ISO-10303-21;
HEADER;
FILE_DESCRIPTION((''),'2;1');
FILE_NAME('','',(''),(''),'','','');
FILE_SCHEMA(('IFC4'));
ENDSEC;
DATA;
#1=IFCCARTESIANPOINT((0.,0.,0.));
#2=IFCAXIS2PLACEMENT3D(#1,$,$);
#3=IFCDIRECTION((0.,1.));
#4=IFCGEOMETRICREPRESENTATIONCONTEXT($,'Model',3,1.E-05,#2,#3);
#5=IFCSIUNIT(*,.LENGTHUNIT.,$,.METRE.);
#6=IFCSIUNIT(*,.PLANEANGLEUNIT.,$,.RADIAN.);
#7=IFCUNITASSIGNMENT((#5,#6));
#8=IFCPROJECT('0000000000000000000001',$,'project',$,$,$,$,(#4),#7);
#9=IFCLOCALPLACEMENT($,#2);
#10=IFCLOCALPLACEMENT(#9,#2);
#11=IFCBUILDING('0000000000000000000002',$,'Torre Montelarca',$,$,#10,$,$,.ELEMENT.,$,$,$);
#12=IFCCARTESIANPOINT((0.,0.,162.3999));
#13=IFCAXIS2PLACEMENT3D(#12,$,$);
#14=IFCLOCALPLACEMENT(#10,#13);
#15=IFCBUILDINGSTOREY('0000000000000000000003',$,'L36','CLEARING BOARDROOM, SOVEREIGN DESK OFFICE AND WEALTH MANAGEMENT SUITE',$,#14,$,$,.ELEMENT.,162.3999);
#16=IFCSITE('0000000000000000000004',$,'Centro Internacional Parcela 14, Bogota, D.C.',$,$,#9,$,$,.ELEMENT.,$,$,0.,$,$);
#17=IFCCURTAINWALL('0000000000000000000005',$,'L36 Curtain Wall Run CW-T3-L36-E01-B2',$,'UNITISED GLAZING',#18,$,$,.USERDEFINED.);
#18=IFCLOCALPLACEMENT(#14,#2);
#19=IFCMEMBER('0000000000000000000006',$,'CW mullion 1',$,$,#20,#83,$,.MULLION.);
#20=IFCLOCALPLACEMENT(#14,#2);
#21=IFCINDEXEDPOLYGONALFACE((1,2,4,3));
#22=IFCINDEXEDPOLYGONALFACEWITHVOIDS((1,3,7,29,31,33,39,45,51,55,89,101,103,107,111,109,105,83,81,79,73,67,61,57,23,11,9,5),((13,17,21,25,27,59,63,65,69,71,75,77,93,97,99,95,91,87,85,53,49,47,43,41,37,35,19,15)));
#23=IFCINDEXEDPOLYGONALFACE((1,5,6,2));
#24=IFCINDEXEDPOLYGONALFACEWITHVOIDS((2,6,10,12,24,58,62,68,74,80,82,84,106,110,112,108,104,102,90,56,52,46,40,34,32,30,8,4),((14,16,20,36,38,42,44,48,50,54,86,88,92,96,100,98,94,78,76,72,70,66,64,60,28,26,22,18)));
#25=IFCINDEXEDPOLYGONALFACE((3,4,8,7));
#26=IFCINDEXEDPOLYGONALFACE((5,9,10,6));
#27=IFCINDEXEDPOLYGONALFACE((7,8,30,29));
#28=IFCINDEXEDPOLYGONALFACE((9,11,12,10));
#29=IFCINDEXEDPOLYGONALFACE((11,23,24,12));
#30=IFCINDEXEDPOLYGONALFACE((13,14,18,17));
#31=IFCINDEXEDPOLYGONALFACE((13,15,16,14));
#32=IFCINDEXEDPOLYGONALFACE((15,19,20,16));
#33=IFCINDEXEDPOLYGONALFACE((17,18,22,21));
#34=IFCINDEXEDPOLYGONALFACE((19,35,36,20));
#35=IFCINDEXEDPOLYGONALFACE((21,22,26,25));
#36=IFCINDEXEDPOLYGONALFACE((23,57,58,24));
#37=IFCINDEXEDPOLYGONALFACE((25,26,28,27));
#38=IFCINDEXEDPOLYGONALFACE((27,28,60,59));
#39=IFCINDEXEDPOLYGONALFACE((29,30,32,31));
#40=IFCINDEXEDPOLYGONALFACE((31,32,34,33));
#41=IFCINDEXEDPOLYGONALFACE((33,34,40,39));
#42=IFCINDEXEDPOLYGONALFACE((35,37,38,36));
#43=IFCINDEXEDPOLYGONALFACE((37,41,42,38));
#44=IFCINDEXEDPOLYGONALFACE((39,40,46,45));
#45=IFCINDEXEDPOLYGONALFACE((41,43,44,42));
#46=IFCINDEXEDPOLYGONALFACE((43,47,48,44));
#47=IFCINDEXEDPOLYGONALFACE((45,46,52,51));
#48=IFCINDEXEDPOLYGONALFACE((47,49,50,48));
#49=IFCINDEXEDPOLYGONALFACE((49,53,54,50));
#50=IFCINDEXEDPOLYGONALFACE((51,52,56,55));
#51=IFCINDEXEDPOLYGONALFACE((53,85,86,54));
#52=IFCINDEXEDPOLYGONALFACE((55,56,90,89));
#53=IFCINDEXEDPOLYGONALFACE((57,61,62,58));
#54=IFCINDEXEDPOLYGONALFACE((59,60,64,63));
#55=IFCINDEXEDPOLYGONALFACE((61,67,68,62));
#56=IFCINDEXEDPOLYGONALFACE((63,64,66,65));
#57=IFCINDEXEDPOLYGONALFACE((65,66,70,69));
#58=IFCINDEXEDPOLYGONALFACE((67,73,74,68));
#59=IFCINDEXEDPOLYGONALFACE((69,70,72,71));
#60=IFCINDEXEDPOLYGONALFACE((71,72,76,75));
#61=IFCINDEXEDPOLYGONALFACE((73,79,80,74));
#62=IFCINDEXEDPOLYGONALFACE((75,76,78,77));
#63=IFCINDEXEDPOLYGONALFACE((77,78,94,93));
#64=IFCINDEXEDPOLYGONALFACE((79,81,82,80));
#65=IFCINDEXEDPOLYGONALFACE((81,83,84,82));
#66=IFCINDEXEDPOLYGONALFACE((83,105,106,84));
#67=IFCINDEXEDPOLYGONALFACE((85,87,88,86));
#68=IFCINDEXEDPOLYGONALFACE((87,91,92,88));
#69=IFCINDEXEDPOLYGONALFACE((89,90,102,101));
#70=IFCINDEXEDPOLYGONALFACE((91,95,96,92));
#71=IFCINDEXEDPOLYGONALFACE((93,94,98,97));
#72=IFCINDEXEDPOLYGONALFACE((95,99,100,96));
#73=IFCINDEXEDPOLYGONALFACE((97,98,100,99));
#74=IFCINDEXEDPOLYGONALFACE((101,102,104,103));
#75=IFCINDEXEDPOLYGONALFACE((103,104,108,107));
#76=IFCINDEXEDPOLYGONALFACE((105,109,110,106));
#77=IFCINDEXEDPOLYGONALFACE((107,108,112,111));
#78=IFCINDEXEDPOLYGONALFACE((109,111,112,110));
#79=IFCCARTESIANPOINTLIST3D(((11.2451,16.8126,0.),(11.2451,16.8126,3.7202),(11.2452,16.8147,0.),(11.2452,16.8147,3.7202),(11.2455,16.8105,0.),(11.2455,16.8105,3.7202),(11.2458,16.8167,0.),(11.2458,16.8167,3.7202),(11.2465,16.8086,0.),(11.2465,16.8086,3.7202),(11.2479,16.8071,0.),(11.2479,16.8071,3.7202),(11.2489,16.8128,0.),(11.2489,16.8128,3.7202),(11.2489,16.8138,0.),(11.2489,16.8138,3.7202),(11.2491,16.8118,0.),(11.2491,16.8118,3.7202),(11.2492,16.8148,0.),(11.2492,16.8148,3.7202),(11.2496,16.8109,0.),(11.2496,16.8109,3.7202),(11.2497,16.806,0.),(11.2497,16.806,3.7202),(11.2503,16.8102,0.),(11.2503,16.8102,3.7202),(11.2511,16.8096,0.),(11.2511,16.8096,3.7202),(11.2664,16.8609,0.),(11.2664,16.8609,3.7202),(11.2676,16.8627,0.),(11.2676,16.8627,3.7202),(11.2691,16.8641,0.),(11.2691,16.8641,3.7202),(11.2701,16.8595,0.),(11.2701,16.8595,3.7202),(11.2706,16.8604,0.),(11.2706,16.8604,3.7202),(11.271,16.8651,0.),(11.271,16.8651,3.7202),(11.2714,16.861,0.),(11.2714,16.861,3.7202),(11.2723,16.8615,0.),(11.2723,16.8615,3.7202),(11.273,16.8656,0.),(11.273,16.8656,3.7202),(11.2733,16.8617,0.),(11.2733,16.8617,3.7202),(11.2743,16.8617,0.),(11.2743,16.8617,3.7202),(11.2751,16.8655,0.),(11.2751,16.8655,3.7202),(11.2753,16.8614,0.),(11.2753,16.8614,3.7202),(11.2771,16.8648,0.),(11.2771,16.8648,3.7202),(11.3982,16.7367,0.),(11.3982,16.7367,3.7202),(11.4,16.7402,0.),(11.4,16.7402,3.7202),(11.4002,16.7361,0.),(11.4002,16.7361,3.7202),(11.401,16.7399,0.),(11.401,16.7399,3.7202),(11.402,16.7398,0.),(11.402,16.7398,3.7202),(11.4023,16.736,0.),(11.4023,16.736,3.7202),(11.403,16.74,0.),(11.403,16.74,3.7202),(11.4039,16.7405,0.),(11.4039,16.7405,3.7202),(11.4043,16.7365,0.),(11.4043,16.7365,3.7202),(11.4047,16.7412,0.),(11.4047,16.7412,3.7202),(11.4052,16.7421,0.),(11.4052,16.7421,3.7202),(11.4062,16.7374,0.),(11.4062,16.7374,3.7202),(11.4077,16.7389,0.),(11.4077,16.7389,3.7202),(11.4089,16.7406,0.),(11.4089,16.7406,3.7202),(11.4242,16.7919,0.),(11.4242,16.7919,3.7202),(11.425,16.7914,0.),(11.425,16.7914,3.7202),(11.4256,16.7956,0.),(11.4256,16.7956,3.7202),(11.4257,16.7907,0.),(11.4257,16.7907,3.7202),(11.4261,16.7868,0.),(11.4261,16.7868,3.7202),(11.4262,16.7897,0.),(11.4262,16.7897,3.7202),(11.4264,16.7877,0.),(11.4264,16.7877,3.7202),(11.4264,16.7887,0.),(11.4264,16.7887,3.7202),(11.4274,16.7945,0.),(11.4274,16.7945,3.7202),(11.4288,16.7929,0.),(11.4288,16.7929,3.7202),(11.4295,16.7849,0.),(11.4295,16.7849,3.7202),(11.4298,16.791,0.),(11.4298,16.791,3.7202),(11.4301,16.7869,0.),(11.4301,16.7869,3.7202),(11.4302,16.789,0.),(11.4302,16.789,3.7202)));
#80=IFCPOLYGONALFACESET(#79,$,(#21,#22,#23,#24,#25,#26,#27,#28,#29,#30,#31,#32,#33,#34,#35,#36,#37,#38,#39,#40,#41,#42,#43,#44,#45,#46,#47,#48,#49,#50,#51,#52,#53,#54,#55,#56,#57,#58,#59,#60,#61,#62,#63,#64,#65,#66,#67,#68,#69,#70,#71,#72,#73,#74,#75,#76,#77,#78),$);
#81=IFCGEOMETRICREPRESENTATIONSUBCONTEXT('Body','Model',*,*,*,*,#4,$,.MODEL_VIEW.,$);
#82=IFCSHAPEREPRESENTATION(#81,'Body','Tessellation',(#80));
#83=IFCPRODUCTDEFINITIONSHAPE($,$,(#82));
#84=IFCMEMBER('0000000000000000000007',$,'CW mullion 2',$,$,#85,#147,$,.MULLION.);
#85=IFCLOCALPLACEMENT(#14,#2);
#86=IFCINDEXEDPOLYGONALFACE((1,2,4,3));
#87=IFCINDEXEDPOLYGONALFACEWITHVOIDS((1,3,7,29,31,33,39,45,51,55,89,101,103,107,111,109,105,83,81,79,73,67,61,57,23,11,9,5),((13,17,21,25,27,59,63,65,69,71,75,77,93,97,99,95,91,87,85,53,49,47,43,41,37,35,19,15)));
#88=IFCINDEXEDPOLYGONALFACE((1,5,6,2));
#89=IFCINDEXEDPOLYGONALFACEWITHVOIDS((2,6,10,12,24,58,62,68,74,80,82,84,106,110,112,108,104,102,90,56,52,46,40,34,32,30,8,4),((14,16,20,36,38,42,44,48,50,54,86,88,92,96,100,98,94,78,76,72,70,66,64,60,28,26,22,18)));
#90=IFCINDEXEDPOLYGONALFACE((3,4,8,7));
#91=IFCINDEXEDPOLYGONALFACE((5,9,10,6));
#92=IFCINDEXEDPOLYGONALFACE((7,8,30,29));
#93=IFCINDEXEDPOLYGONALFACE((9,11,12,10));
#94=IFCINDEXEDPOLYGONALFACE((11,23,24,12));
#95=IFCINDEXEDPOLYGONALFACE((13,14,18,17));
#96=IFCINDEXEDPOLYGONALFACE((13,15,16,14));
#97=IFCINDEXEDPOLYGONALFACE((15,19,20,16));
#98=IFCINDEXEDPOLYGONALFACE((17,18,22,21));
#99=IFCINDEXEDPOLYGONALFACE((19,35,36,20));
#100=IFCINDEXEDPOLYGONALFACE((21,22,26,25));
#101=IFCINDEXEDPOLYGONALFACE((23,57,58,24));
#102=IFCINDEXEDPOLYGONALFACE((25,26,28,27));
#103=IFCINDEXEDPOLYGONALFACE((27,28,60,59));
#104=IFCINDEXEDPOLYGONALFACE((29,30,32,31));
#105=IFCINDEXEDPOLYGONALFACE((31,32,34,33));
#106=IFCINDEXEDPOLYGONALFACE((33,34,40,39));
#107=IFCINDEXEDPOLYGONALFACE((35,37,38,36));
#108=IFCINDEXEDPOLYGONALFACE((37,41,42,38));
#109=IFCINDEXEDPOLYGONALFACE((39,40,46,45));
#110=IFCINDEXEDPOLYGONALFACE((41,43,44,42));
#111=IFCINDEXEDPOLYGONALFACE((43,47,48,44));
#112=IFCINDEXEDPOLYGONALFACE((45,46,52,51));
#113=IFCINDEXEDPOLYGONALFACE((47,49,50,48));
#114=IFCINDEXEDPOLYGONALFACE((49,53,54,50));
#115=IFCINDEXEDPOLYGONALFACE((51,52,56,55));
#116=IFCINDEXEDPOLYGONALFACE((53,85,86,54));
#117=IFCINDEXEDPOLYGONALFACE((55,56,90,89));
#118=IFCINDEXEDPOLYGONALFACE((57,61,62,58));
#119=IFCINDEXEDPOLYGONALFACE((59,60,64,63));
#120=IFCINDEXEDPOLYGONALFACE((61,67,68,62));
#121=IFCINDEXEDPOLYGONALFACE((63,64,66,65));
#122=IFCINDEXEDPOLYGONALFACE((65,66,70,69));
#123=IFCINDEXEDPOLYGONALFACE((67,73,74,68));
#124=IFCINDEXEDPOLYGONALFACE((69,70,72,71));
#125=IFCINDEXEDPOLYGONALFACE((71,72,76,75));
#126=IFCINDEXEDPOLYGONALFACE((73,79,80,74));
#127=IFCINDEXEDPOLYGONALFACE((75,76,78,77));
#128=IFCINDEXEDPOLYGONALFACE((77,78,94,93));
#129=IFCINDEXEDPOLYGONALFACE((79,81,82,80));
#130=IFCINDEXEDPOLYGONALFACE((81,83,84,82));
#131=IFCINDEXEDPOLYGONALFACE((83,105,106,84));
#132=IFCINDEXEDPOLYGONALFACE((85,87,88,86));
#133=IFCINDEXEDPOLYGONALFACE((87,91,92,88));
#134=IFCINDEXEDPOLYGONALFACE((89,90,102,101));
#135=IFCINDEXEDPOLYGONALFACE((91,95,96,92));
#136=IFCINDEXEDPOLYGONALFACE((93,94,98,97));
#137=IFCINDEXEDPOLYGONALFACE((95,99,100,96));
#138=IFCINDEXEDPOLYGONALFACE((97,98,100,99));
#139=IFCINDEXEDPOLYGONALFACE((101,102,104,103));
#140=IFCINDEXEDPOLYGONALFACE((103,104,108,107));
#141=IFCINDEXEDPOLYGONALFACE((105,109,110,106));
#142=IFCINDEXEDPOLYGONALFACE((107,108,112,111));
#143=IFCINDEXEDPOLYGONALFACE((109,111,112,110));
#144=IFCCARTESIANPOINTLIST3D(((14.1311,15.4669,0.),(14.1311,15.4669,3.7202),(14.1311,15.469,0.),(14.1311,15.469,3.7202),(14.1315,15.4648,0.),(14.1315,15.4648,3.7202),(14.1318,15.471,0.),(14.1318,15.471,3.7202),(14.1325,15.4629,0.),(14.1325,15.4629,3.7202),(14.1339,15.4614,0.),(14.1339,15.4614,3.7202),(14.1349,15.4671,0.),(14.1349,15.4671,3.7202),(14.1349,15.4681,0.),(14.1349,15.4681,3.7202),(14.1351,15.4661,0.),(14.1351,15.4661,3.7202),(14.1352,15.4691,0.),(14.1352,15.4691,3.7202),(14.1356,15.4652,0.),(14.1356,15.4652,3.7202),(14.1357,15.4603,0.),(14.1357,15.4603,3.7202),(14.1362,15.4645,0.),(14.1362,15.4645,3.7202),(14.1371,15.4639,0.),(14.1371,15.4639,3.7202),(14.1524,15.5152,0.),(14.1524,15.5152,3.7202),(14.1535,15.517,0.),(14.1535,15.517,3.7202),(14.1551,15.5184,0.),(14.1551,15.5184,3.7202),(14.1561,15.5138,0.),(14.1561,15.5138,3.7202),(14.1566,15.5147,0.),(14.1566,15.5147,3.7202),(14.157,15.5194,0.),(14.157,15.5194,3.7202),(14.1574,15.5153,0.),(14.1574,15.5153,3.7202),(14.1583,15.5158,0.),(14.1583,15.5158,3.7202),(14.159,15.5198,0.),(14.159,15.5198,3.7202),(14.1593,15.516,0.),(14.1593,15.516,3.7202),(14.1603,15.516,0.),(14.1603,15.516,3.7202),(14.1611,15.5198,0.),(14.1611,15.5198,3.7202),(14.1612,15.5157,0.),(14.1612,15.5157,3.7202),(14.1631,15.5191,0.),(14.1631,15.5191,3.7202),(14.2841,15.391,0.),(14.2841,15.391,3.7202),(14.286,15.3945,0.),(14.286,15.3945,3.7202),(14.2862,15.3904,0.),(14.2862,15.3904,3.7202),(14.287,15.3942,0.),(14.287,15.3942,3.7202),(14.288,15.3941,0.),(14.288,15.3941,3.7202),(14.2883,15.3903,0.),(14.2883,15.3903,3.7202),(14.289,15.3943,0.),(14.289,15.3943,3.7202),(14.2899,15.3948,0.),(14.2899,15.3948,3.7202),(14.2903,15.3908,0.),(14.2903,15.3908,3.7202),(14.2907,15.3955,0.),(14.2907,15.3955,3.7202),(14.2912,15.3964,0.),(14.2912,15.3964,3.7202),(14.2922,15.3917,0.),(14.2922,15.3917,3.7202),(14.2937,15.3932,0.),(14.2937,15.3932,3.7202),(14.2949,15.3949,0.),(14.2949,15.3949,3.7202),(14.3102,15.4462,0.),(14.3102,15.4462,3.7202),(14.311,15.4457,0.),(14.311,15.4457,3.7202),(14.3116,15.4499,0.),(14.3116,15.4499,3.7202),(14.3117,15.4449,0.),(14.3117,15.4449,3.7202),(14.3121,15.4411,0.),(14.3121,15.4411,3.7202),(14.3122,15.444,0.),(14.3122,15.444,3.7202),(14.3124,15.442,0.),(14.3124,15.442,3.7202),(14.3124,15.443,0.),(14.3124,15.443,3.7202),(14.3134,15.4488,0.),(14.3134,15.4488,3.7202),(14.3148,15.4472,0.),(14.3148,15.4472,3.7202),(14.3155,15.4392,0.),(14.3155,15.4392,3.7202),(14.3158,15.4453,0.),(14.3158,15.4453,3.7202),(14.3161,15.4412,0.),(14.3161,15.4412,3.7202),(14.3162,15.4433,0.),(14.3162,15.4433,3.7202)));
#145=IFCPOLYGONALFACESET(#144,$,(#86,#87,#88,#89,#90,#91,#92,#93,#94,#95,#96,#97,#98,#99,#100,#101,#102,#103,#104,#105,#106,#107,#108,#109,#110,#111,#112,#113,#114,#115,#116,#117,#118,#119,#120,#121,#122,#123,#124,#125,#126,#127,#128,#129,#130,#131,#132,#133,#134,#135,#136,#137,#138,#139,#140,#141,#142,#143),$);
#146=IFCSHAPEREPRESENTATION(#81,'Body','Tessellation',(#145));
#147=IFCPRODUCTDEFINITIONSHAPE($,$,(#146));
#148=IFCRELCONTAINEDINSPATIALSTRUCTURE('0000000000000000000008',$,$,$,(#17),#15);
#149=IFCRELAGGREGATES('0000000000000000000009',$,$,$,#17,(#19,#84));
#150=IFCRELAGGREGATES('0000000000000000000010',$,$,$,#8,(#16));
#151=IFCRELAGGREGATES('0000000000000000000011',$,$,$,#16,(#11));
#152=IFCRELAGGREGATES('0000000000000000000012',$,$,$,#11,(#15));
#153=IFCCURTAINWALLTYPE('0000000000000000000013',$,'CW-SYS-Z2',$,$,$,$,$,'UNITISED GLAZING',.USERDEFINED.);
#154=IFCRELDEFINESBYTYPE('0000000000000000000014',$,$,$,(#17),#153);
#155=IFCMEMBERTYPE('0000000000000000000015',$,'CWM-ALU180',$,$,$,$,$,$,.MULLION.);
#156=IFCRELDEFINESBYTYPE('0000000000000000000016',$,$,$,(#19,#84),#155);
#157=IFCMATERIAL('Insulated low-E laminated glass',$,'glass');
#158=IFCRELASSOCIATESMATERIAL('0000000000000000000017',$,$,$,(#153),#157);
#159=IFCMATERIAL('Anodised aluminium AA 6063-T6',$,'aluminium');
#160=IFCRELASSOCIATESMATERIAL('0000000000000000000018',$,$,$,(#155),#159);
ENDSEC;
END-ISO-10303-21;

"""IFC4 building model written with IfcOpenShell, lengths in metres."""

from ifc_helpers import new_model, si_unit, direction, frame, origin, origin_2d, place, context, subcontext, project, spatial, hollow_rectangle, extrude, source, transform, mapped, material, material_profile, profile_set, type_object, element, aggregate, save


model = new_model("IFC4")

# Units and contexts
model_context = context("Model", 3, precision=1e-05, world=origin(), true_north=direction((0.0, 1.0)))
body_context = subcontext(model_context, "Body", "Model", "MODEL_VIEW")
ifc_project = project(units=[si_unit("LENGTHUNIT", "METRE"), si_unit("PLANEANGLEUNIT", "RADIAN")], contexts=[model_context])

# Site, building, storey
site_placement = place(None, origin())
site = spatial("IfcSite", under=ifc_project, at=site_placement, Name="Centro Internacional Parcela 14, Bogota, D.C.", CompositionType="ELEMENT", RefElevation=0.0)
building_placement = place(site_placement, origin())
building = spatial("IfcBuilding", under=site, at=building_placement, Name="Torre Montelarca", CompositionType="ELEMENT")
storey_placement = place(building_placement, frame((0.0, 0.0, 162.3999)))
storey = spatial("IfcBuildingStorey", under=building, at=storey_placement, Name="L36", Description="CLEARING BOARDROOM, SOVEREIGN DESK OFFICE AND WEALTH MANAGEMENT SUITE", CompositionType="ELEMENT", Elevation=162.3999)

# Curtain wall, members
ifc_material_1 = material(Name="Insulated low-E laminated glass", Category="glass")
curtain_wall_type = type_object("IfcCurtainWallType", Name="CW-SYS-Z2", ElementType="UNITISED GLAZING", PredefinedType="USERDEFINED", material=ifc_material_1)
ifc_material_2 = material(Name="Anodised aluminium AA 6063-T6", Category="aluminium")
ifc_material_profile_1 = material_profile(ifc_material_2, hollow_rectangle(XDim=0.0649, YDim=0.1799, WallThickness=0.0039, InnerFilletRadius=0.0039, OuterFilletRadius=0.0081, at=origin_2d()), Name="ALU65X180X4", Category="aluminium")
ifc_profile_set_1 = profile_set([ifc_material_profile_1], Name="Anodised aluminium AA 6063-T6")
member_type_1 = type_object("IfcMemberType", Name="CWM-ALU180", PredefinedType="MULLION", material=ifc_profile_set_1)
shared_shape_1 = source(origin(), body_context, "Body", "SweptSolid", [
    extrude(hollow_rectangle(XDim=0.0649, YDim=0.1799, WallThickness=0.0039, InnerFilletRadius=0.0039, OuterFilletRadius=0.0081, at=origin_2d()), origin(), (0.0, 0.0, 1.0), 3.7202),
])
curtain_wall_1_placement = place(storey_placement, origin())
curtain_wall_1 = element("IfcCurtainWall", 1, at=curtain_wall_1_placement, inside=storey, type_object=curtain_wall_type, Name="L36 Curtain Wall Run CW-T3-L36-E01-B2", ObjectType="UNITISED GLAZING", PredefinedType="USERDEFINED")
member_1_placement = place(storey_placement, frame((11.3376, 16.8008, 0.0), z_axis=(0.0, 0.0, 1.0), x_axis=(0.42262, 0.906307, 0.0)))
member_1 = element("IfcMember", 2, at=member_1_placement, type_object=member_type_1, Name="CW mullion 1", PredefinedType="MULLION", context=body_context, shape_type="MappedRepresentation", body=[
    mapped(shared_shape_1, transform((0.0, 0.0, 0.0), scale=1.0)),
])
member_2_placement = place(storey_placement, frame((14.2236, 15.4551, 0.0), z_axis=(0.0, 0.0, 1.0), x_axis=(0.42262, 0.906307, 0.0)))
member_2 = element("IfcMember", 3, at=member_2_placement, type_object=member_type_1, Name="CW mullion 2", PredefinedType="MULLION", context=body_context, shape_type="MappedRepresentation", body=[
    mapped(shared_shape_1, transform((0.0, 0.0, 0.0), scale=1.0)),
])

aggregate(curtain_wall_1, [member_1, member_2])

save(model, "model.ifc")
